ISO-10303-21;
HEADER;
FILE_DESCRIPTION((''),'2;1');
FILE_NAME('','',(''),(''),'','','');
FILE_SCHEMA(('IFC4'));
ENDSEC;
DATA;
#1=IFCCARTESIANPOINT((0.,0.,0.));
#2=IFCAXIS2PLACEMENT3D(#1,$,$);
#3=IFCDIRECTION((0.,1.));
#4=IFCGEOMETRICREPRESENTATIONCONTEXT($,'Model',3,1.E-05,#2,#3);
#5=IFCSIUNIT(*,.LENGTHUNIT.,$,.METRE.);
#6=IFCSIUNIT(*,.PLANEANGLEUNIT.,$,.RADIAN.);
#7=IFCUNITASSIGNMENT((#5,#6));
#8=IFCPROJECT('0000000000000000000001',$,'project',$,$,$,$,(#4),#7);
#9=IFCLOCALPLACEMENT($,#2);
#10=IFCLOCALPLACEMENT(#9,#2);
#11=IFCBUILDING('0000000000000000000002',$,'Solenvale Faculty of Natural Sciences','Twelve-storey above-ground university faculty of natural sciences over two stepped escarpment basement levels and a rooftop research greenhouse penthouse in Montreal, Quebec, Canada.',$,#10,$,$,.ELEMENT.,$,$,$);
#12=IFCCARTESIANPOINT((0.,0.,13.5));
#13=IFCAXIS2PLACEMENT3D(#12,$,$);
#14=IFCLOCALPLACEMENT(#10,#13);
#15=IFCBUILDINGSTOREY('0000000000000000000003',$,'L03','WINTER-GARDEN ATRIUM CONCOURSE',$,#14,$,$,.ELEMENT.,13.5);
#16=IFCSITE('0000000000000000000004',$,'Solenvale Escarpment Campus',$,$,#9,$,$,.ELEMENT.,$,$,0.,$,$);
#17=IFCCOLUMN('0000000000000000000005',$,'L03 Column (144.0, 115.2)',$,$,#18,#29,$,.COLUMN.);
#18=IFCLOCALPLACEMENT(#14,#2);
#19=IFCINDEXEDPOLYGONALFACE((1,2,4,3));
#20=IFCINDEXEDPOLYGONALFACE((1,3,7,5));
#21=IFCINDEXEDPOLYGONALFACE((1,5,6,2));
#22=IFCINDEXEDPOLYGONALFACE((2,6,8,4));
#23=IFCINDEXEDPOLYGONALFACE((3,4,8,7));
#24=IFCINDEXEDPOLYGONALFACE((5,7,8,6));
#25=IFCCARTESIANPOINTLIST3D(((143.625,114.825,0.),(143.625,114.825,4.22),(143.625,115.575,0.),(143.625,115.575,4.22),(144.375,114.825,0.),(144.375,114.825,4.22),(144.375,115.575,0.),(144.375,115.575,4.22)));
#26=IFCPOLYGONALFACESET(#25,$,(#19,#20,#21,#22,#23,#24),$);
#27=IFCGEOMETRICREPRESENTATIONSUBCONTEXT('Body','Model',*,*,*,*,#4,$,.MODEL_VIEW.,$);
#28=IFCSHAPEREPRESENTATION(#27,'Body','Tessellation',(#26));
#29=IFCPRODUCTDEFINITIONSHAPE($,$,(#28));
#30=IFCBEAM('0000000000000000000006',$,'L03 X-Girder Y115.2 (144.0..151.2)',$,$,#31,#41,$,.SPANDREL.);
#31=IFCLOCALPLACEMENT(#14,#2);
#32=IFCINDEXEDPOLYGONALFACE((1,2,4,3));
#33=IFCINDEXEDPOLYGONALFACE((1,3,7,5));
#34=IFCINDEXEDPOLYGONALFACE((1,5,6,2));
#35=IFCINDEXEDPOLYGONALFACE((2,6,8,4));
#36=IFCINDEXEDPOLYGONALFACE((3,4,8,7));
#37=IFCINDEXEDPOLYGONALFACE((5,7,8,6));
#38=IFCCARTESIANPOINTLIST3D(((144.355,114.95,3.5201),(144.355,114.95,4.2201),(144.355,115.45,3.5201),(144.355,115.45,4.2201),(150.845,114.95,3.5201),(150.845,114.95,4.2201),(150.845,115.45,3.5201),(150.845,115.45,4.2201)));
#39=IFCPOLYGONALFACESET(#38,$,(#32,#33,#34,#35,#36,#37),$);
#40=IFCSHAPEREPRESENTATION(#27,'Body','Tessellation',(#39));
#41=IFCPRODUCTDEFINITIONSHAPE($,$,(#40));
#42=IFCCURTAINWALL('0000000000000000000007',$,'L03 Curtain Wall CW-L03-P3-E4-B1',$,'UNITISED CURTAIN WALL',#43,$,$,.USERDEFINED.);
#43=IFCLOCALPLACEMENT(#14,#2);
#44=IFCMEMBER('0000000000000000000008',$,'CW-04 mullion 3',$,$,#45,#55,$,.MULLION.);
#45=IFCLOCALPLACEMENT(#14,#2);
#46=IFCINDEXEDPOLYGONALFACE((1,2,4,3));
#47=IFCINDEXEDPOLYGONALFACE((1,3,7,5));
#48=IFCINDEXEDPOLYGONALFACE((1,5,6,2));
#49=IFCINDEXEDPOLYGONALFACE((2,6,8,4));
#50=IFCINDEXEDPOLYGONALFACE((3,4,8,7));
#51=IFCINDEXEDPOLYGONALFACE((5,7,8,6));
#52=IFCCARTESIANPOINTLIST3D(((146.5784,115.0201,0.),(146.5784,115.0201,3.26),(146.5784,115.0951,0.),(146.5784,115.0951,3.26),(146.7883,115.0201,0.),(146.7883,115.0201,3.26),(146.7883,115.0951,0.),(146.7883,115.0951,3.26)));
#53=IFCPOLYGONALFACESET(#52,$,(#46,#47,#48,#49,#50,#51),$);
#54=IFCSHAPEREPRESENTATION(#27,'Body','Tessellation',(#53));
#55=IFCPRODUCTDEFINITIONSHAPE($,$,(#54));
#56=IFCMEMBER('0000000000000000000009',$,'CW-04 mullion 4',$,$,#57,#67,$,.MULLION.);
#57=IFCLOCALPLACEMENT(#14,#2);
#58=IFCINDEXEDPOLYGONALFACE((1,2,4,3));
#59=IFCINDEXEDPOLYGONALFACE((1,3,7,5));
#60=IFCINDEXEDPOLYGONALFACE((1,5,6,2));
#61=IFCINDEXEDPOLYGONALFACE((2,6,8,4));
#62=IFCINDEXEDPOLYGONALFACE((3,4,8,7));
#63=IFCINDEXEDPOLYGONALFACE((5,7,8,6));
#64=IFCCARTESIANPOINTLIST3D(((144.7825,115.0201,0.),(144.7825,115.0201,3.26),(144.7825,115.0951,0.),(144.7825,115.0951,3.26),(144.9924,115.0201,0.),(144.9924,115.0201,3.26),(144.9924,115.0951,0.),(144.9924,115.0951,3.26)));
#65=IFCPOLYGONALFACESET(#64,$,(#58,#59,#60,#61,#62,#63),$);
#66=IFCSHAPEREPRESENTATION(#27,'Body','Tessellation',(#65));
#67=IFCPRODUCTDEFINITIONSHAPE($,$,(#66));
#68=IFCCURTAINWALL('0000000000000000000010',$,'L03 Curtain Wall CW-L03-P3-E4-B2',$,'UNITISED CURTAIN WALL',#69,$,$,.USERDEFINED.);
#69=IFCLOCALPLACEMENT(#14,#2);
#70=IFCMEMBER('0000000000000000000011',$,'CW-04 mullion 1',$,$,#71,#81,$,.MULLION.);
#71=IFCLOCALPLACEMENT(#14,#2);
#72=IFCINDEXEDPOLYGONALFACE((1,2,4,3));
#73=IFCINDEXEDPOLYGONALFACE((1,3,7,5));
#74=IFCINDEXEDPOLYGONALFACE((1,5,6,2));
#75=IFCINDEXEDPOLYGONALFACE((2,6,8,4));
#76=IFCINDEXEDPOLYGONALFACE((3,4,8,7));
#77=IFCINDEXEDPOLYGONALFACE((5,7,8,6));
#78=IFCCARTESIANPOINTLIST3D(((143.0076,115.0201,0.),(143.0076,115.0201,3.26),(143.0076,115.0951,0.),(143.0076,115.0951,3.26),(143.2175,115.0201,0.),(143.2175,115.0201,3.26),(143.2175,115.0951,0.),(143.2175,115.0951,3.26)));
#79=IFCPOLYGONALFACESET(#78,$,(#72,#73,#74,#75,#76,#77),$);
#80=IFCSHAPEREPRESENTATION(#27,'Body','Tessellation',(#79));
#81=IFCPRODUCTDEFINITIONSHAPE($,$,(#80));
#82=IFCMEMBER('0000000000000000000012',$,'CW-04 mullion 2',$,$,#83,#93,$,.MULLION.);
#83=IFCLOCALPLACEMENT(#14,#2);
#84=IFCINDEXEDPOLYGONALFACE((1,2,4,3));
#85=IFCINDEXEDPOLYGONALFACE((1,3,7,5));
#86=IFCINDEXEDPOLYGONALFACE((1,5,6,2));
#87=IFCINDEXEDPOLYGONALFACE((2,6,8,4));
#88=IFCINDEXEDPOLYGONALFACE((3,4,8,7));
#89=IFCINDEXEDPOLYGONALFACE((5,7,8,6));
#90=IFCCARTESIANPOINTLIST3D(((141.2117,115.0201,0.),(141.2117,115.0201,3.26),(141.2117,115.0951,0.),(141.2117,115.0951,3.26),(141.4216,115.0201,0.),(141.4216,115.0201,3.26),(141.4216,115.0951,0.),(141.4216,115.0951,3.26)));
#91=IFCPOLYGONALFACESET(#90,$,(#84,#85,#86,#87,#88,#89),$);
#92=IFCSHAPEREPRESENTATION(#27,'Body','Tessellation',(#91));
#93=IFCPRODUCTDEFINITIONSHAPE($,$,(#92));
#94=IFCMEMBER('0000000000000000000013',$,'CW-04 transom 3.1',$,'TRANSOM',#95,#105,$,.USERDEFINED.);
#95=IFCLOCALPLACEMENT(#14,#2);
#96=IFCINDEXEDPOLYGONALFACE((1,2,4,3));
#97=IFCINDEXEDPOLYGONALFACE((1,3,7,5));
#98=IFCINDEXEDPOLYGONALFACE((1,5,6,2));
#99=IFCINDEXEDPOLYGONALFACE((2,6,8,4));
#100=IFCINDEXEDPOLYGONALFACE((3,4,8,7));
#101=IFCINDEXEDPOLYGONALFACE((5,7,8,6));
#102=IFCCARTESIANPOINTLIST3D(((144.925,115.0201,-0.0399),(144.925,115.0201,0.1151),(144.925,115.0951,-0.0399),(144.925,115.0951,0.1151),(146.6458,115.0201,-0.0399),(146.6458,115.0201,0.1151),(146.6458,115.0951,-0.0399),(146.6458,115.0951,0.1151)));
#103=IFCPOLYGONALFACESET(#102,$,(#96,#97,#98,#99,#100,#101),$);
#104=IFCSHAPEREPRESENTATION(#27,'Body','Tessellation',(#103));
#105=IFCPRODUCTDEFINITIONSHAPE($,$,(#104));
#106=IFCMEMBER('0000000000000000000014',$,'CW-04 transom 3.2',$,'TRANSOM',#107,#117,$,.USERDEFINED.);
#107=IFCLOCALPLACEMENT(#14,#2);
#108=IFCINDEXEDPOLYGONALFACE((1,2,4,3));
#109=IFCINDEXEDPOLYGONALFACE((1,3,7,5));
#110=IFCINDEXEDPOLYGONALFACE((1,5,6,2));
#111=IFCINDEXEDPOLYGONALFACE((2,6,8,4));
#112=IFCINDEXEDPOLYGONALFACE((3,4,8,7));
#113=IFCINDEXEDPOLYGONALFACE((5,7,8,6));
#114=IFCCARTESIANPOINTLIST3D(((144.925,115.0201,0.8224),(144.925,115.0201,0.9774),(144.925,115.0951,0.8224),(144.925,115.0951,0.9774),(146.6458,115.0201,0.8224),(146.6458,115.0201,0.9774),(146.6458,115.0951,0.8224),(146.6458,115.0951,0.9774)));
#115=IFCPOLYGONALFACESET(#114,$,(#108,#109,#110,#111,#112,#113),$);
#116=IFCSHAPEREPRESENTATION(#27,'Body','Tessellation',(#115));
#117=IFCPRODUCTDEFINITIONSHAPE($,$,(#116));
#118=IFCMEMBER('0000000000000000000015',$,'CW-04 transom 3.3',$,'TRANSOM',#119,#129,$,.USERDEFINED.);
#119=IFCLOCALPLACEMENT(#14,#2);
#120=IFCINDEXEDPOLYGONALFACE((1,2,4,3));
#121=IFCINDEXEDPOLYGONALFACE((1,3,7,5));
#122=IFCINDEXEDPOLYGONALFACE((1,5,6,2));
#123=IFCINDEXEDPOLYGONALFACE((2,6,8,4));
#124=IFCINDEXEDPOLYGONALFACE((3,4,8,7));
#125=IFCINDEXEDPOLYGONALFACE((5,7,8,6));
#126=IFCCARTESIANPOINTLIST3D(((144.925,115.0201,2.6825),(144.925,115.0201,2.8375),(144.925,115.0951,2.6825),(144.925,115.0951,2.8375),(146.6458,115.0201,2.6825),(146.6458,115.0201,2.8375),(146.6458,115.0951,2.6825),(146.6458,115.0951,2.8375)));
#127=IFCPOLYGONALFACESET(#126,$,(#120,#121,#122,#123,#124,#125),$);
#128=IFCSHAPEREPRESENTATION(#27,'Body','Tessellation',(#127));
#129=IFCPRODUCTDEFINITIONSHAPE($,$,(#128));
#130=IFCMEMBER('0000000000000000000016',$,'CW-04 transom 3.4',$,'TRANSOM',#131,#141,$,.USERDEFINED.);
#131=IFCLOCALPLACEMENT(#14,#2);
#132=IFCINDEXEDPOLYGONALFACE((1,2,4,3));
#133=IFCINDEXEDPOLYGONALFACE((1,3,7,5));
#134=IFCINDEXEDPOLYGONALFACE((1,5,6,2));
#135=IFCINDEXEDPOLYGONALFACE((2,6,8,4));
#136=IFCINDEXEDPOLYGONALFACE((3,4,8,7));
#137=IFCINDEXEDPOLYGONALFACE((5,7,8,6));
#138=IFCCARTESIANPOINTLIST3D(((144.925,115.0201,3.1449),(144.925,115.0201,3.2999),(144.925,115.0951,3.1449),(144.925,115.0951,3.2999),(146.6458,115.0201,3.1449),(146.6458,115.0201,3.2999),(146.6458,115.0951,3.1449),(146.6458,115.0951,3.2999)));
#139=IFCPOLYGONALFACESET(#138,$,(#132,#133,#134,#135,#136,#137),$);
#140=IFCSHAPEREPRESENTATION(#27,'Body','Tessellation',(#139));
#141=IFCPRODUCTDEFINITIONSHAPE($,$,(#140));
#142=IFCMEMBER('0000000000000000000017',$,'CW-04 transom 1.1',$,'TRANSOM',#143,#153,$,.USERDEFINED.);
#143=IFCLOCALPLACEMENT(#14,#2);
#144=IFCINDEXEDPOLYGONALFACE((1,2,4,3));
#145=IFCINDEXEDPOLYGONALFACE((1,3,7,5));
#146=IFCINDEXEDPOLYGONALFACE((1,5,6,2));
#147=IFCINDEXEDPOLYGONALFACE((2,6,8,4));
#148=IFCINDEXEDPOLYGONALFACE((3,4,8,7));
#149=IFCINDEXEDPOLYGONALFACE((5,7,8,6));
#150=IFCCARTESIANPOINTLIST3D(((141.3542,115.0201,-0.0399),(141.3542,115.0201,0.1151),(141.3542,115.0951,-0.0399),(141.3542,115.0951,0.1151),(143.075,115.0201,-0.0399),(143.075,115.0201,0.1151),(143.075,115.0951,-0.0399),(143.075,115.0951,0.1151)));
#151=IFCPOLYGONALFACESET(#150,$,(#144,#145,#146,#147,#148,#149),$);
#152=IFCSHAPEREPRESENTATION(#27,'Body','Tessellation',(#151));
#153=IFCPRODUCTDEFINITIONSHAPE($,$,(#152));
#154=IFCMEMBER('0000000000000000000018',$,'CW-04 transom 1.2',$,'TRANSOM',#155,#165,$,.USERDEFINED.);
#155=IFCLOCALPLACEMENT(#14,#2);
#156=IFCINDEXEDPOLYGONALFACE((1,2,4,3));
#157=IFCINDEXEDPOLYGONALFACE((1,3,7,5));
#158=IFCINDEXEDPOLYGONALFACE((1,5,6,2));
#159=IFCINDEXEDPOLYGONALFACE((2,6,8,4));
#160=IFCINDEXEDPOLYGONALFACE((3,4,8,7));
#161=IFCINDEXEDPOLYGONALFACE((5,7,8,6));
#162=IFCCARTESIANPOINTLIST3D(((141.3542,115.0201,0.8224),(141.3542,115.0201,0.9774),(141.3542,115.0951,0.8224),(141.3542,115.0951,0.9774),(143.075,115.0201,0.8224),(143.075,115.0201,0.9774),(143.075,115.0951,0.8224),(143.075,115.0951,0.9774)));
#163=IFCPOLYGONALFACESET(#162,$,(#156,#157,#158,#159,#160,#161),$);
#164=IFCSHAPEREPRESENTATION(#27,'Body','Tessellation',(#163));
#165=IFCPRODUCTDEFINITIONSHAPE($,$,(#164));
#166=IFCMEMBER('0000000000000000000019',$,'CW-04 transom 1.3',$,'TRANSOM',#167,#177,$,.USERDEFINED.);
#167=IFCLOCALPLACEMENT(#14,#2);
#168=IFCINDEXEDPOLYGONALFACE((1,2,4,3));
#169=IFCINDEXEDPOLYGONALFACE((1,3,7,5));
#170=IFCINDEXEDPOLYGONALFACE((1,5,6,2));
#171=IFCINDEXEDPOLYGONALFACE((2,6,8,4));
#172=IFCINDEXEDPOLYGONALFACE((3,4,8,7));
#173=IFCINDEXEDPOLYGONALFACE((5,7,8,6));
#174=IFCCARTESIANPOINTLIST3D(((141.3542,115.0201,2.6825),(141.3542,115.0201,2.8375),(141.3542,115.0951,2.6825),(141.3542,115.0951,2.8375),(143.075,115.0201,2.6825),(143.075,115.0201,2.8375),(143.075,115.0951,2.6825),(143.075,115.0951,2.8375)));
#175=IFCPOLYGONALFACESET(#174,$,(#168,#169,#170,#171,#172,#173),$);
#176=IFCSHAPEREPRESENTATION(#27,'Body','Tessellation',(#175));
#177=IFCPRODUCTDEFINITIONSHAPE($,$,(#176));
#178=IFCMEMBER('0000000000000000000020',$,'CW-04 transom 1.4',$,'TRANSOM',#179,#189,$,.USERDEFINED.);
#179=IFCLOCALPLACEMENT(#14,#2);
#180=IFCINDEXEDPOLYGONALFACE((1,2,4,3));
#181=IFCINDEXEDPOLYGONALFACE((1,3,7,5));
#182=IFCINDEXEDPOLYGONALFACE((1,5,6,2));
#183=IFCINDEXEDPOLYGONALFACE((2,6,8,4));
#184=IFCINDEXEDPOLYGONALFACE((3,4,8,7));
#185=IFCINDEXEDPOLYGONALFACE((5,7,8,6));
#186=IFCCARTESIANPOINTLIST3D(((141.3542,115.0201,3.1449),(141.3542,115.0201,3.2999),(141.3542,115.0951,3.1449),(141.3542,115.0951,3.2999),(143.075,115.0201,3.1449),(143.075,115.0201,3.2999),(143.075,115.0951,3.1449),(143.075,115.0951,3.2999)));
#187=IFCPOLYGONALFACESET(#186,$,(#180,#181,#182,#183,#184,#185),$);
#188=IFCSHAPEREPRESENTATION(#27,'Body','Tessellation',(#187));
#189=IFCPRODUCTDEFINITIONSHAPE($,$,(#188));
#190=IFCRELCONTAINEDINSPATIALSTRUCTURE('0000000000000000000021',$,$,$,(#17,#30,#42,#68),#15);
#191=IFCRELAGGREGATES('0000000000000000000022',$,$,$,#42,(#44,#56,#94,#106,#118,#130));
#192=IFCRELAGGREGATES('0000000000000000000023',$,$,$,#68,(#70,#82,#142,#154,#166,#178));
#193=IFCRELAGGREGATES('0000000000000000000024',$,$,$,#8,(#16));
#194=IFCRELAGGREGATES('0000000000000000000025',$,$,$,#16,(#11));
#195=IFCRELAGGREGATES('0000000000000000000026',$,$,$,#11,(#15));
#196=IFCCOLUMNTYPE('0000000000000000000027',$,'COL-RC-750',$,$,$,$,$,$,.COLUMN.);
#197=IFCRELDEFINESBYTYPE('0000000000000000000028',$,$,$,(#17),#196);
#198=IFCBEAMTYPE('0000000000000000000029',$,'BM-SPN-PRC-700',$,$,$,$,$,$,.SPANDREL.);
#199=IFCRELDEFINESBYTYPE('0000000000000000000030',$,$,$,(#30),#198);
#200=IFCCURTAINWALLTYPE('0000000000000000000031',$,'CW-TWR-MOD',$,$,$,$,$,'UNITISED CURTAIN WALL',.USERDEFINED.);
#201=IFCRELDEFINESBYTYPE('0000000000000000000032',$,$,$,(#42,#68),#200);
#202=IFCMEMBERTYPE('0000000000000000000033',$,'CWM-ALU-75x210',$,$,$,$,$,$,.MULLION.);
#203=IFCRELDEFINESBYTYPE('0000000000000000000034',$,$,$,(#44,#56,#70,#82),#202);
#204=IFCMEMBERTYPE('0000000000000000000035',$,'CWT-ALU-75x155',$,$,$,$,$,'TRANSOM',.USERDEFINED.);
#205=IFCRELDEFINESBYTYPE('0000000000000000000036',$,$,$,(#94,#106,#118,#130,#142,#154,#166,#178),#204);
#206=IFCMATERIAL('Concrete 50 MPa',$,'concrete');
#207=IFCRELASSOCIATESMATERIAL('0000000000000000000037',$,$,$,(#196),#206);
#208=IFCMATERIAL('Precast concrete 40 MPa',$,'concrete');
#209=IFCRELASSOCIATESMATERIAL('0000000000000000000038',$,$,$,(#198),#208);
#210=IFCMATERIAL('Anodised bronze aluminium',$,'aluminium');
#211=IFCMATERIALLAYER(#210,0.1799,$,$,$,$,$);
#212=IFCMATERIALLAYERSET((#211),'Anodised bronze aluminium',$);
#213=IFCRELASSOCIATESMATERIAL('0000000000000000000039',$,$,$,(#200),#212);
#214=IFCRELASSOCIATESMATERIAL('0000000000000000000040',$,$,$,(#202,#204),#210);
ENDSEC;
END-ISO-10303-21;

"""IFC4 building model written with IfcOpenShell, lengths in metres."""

from ifc_helpers import new_model, si_unit, direction, frame, origin, origin_2d, place, context, subcontext, project, spatial, rectangle, extrude, material, layer, layer_set, material_profile, profile_set, type_object, element, aggregate, save


model = new_model("IFC4")

# Units and contexts
model_context = context("Model", 3, precision=1e-05, world=origin(), true_north=direction((0.0, 1.0)))
body_context = subcontext(model_context, "Body", "Model", "MODEL_VIEW")
ifc_project = project(units=[si_unit("LENGTHUNIT", "METRE"), si_unit("PLANEANGLEUNIT", "RADIAN")], contexts=[model_context])

# Site, building, storey
site_placement = place(None, origin())
site = spatial("IfcSite", under=ifc_project, at=site_placement, Name="Solenvale Escarpment Campus", CompositionType="ELEMENT", RefElevation=0.0)
building_placement = place(site_placement, origin())
building = spatial("IfcBuilding", under=site, at=building_placement, Name="Solenvale Faculty of Natural Sciences", Description="Twelve-storey above-ground university faculty of natural sciences over two stepped escarpment basement levels and a rooftop research greenhouse penthouse in Montreal, Quebec, Canada.", CompositionType="ELEMENT")
storey_placement = place(building_placement, frame((0.0, 0.0, 13.5)))
storey = spatial("IfcBuildingStorey", under=building, at=storey_placement, Name="L03", Description="WINTER-GARDEN ATRIUM CONCOURSE", CompositionType="ELEMENT", Elevation=13.5)

# Column
ifc_material_1 = material(Name="Concrete 50 MPa", Category="concrete")
ifc_material_profile_1 = material_profile(ifc_material_1, rectangle(XDim=0.75, YDim=0.75, at=origin_2d()), Name="RC-COL-750x750")
ifc_profile_set_1 = profile_set([ifc_material_profile_1], Name="Concrete 50 MPa")
column_type = type_object("IfcColumnType", Name="COL-RC-750", PredefinedType="COLUMN", material=ifc_profile_set_1)
column_placement = place(storey_placement, frame((144.0, 115.2, 0.0), z_axis=(0.0, 0.0, 1.0), x_axis=(1.0, 0.0, 0.0)))
element("IfcColumn", 1, at=column_placement, inside=storey, type_object=column_type, Name="L03 Column (144.0, 115.2)", PredefinedType="COLUMN", context=body_context, shape_type="SweptSolid", body=[
    extrude(rectangle(XDim=0.75, YDim=0.75, at=origin_2d()), origin(), (0.0, 0.0, 1.0), 4.22),
])

# Beam
ifc_material_2 = material(Name="Precast concrete 40 MPa", Category="concrete")
ifc_material_profile_2 = material_profile(ifc_material_2, rectangle(XDim=0.5, YDim=0.7, at=origin_2d()), Name="RC-BM-500x700")
ifc_profile_set_2 = profile_set([ifc_material_profile_2], Name="Precast concrete 40 MPa")
beam_type = type_object("IfcBeamType", Name="BM-SPN-PRC-700", PredefinedType="SPANDREL", material=ifc_profile_set_2)
beam_placement = place(storey_placement, frame((144.355, 115.2, 3.8701), z_axis=(1.0, 0.0, 0.0), x_axis=(0.0, 1.0, 0.0)))
element("IfcBeam", 2, at=beam_placement, inside=storey, type_object=beam_type, Name="L03 X-Girder Y115.2 (144.0..151.2)", PredefinedType="SPANDREL", context=body_context, shape_type="SweptSolid", body=[
    extrude(rectangle(XDim=0.5, YDim=0.7, at=origin_2d()), origin(), (0.0, 0.0, 1.0), 6.49),
])

# Curtain walls, members
ifc_material_3 = material(Name="Anodised bronze aluminium", Category="aluminium")
ifc_layer_1 = layer(ifc_material_3, 0.1799)
ifc_layer_set_1 = layer_set([ifc_layer_1], Name="Anodised bronze aluminium")
curtain_wall_type = type_object("IfcCurtainWallType", Name="CW-TWR-MOD", ElementType="UNITISED CURTAIN WALL", PredefinedType="USERDEFINED", material=ifc_layer_set_1)
curtain_wall_1_placement = place(storey_placement, origin())
curtain_wall_1 = element("IfcCurtainWall", 3, at=curtain_wall_1_placement, inside=storey, type_object=curtain_wall_type, Name="L03 Curtain Wall CW-L03-P3-E4-B1", ObjectType="UNITISED CURTAIN WALL", PredefinedType="USERDEFINED")
ifc_material_profile_3 = material_profile(ifc_material_3, rectangle(XDim=0.075, YDim=0.21, at=origin_2d()), Name="ALU-MUL-75x210")
ifc_profile_set_3 = profile_set([ifc_material_profile_3], Name="Anodised bronze aluminium")
member_type_1 = type_object("IfcMemberType", Name="CWM-ALU-75x210", PredefinedType="MULLION", material=ifc_profile_set_3)
member_1_placement = place(storey_placement, frame((146.6833, 115.0576, 0.0), z_axis=(0.0, 0.0, 1.0), x_axis=(0.0, -1.0, 0.0)))
member_1 = element("IfcMember", 4, at=member_1_placement, type_object=member_type_1, Name="CW-04 mullion 3", PredefinedType="MULLION", context=body_context, shape_type="SweptSolid", body=[
    extrude(rectangle(XDim=0.075, YDim=0.21, at=origin_2d()), origin(), (0.0, 0.0, 1.0), 3.26),
])
member_2_placement = place(storey_placement, frame((144.8875, 115.0576, 0.0), z_axis=(0.0, 0.0, 1.0), x_axis=(0.0, -1.0, 0.0)))
member_2 = element("IfcMember", 5, at=member_2_placement, type_object=member_type_1, Name="CW-04 mullion 4", PredefinedType="MULLION", context=body_context, shape_type="SweptSolid", body=[
    extrude(rectangle(XDim=0.075, YDim=0.21, at=origin_2d()), origin(), (0.0, 0.0, 1.0), 3.26),
])
curtain_wall_2_placement = place(storey_placement, origin())
curtain_wall_2 = element("IfcCurtainWall", 6, at=curtain_wall_2_placement, inside=storey, type_object=curtain_wall_type, Name="L03 Curtain Wall CW-L03-P3-E4-B2", ObjectType="UNITISED CURTAIN WALL", PredefinedType="USERDEFINED")
member_3_placement = place(storey_placement, frame((143.1125, 115.0576, 0.0), z_axis=(0.0, 0.0, 1.0), x_axis=(0.0, -1.0, 0.0)))
member_3 = element("IfcMember", 7, at=member_3_placement, type_object=member_type_1, Name="CW-04 mullion 1", PredefinedType="MULLION", context=body_context, shape_type="SweptSolid", body=[
    extrude(rectangle(XDim=0.075, YDim=0.21, at=origin_2d()), origin(), (0.0, 0.0, 1.0), 3.26),
])
member_4_placement = place(storey_placement, frame((141.3167, 115.0576, 0.0), z_axis=(0.0, 0.0, 1.0), x_axis=(0.0, -1.0, 0.0)))
member_4 = element("IfcMember", 8, at=member_4_placement, type_object=member_type_1, Name="CW-04 mullion 2", PredefinedType="MULLION", context=body_context, shape_type="SweptSolid", body=[
    extrude(rectangle(XDim=0.075, YDim=0.21, at=origin_2d()), origin(), (0.0, 0.0, 1.0), 3.26),
])

# Members
ifc_material_profile_4 = material_profile(ifc_material_3, rectangle(XDim=0.075, YDim=0.155, at=origin_2d()), Name="ALU-TRN-75x155")
ifc_profile_set_4 = profile_set([ifc_material_profile_4], Name="Anodised bronze aluminium")
member_type_2 = type_object("IfcMemberType", Name="CWT-ALU-75x155", ElementType="TRANSOM", PredefinedType="USERDEFINED", material=ifc_profile_set_4)
member_5_placement = place(storey_placement, frame((146.6458, 115.0576, 0.0376), z_axis=(-1.0, 0.0, 0.0), x_axis=(0.0, -1.0, 0.0)))
member_5 = element("IfcMember", 9, at=member_5_placement, type_object=member_type_2, Name="CW-04 transom 3.1", ObjectType="TRANSOM", PredefinedType="USERDEFINED", context=body_context, shape_type="SweptSolid", body=[
    extrude(rectangle(XDim=0.075, YDim=0.155, at=origin_2d()), origin(), (0.0, 0.0, 1.0), 1.7207),
])
member_6_placement = place(storey_placement, frame((146.6458, 115.0576, 0.8999), z_axis=(-1.0, 0.0, 0.0), x_axis=(0.0, -1.0, 0.0)))
member_6 = element("IfcMember", 10, at=member_6_placement, type_object=member_type_2, Name="CW-04 transom 3.2", ObjectType="TRANSOM", PredefinedType="USERDEFINED", context=body_context, shape_type="SweptSolid", body=[
    extrude(rectangle(XDim=0.075, YDim=0.155, at=origin_2d()), origin(), (0.0, 0.0, 1.0), 1.7207),
])
member_7_placement = place(storey_placement, frame((146.6458, 115.0576, 2.76), z_axis=(-1.0, 0.0, 0.0), x_axis=(0.0, -1.0, 0.0)))
member_7 = element("IfcMember", 11, at=member_7_placement, type_object=member_type_2, Name="CW-04 transom 3.3", ObjectType="TRANSOM", PredefinedType="USERDEFINED", context=body_context, shape_type="SweptSolid", body=[
    extrude(rectangle(XDim=0.075, YDim=0.155, at=origin_2d()), origin(), (0.0, 0.0, 1.0), 1.7207),
])
member_8_placement = place(storey_placement, frame((146.6458, 115.0576, 3.2224), z_axis=(-1.0, 0.0, 0.0), x_axis=(0.0, -1.0, 0.0)))
member_8 = element("IfcMember", 12, at=member_8_placement, type_object=member_type_2, Name="CW-04 transom 3.4", ObjectType="TRANSOM", PredefinedType="USERDEFINED", context=body_context, shape_type="SweptSolid", body=[
    extrude(rectangle(XDim=0.075, YDim=0.155, at=origin_2d()), origin(), (0.0, 0.0, 1.0), 1.7207),
])
member_9_placement = place(storey_placement, frame((143.075, 115.0576, 0.0376), z_axis=(-1.0, 0.0, 0.0), x_axis=(0.0, -1.0, 0.0)))
member_9 = element("IfcMember", 13, at=member_9_placement, type_object=member_type_2, Name="CW-04 transom 1.1", ObjectType="TRANSOM", PredefinedType="USERDEFINED", context=body_context, shape_type="SweptSolid", body=[
    extrude(rectangle(XDim=0.075, YDim=0.155, at=origin_2d()), origin(), (0.0, 0.0, 1.0), 1.7207),
])
member_10_placement = place(storey_placement, frame((143.075, 115.0576, 0.8999), z_axis=(-1.0, 0.0, 0.0), x_axis=(0.0, -1.0, 0.0)))
member_10 = element("IfcMember", 14, at=member_10_placement, type_object=member_type_2, Name="CW-04 transom 1.2", ObjectType="TRANSOM", PredefinedType="USERDEFINED", context=body_context, shape_type="SweptSolid", body=[
    extrude(rectangle(XDim=0.075, YDim=0.155, at=origin_2d()), origin(), (0.0, 0.0, 1.0), 1.7207),
])
member_11_placement = place(storey_placement, frame((143.075, 115.0576, 2.76), z_axis=(-1.0, 0.0, 0.0), x_axis=(0.0, -1.0, 0.0)))
member_11 = element("IfcMember", 15, at=member_11_placement, type_object=member_type_2, Name="CW-04 transom 1.3", ObjectType="TRANSOM", PredefinedType="USERDEFINED", context=body_context, shape_type="SweptSolid", body=[
    extrude(rectangle(XDim=0.075, YDim=0.155, at=origin_2d()), origin(), (0.0, 0.0, 1.0), 1.7207),
])
member_12_placement = place(storey_placement, frame((143.075, 115.0576, 3.2224), z_axis=(-1.0, 0.0, 0.0), x_axis=(0.0, -1.0, 0.0)))
member_12 = element("IfcMember", 16, at=member_12_placement, type_object=member_type_2, Name="CW-04 transom 1.4", ObjectType="TRANSOM", PredefinedType="USERDEFINED", context=body_context, shape_type="SweptSolid", body=[
    extrude(rectangle(XDim=0.075, YDim=0.155, at=origin_2d()), origin(), (0.0, 0.0, 1.0), 1.7207),
])

aggregate(curtain_wall_1, [member_1, member_2, member_5, member_6, member_7, member_8])
aggregate(curtain_wall_2, [member_3, member_4, member_9, member_10, member_11, member_12])

save(model, "model.ifc")
